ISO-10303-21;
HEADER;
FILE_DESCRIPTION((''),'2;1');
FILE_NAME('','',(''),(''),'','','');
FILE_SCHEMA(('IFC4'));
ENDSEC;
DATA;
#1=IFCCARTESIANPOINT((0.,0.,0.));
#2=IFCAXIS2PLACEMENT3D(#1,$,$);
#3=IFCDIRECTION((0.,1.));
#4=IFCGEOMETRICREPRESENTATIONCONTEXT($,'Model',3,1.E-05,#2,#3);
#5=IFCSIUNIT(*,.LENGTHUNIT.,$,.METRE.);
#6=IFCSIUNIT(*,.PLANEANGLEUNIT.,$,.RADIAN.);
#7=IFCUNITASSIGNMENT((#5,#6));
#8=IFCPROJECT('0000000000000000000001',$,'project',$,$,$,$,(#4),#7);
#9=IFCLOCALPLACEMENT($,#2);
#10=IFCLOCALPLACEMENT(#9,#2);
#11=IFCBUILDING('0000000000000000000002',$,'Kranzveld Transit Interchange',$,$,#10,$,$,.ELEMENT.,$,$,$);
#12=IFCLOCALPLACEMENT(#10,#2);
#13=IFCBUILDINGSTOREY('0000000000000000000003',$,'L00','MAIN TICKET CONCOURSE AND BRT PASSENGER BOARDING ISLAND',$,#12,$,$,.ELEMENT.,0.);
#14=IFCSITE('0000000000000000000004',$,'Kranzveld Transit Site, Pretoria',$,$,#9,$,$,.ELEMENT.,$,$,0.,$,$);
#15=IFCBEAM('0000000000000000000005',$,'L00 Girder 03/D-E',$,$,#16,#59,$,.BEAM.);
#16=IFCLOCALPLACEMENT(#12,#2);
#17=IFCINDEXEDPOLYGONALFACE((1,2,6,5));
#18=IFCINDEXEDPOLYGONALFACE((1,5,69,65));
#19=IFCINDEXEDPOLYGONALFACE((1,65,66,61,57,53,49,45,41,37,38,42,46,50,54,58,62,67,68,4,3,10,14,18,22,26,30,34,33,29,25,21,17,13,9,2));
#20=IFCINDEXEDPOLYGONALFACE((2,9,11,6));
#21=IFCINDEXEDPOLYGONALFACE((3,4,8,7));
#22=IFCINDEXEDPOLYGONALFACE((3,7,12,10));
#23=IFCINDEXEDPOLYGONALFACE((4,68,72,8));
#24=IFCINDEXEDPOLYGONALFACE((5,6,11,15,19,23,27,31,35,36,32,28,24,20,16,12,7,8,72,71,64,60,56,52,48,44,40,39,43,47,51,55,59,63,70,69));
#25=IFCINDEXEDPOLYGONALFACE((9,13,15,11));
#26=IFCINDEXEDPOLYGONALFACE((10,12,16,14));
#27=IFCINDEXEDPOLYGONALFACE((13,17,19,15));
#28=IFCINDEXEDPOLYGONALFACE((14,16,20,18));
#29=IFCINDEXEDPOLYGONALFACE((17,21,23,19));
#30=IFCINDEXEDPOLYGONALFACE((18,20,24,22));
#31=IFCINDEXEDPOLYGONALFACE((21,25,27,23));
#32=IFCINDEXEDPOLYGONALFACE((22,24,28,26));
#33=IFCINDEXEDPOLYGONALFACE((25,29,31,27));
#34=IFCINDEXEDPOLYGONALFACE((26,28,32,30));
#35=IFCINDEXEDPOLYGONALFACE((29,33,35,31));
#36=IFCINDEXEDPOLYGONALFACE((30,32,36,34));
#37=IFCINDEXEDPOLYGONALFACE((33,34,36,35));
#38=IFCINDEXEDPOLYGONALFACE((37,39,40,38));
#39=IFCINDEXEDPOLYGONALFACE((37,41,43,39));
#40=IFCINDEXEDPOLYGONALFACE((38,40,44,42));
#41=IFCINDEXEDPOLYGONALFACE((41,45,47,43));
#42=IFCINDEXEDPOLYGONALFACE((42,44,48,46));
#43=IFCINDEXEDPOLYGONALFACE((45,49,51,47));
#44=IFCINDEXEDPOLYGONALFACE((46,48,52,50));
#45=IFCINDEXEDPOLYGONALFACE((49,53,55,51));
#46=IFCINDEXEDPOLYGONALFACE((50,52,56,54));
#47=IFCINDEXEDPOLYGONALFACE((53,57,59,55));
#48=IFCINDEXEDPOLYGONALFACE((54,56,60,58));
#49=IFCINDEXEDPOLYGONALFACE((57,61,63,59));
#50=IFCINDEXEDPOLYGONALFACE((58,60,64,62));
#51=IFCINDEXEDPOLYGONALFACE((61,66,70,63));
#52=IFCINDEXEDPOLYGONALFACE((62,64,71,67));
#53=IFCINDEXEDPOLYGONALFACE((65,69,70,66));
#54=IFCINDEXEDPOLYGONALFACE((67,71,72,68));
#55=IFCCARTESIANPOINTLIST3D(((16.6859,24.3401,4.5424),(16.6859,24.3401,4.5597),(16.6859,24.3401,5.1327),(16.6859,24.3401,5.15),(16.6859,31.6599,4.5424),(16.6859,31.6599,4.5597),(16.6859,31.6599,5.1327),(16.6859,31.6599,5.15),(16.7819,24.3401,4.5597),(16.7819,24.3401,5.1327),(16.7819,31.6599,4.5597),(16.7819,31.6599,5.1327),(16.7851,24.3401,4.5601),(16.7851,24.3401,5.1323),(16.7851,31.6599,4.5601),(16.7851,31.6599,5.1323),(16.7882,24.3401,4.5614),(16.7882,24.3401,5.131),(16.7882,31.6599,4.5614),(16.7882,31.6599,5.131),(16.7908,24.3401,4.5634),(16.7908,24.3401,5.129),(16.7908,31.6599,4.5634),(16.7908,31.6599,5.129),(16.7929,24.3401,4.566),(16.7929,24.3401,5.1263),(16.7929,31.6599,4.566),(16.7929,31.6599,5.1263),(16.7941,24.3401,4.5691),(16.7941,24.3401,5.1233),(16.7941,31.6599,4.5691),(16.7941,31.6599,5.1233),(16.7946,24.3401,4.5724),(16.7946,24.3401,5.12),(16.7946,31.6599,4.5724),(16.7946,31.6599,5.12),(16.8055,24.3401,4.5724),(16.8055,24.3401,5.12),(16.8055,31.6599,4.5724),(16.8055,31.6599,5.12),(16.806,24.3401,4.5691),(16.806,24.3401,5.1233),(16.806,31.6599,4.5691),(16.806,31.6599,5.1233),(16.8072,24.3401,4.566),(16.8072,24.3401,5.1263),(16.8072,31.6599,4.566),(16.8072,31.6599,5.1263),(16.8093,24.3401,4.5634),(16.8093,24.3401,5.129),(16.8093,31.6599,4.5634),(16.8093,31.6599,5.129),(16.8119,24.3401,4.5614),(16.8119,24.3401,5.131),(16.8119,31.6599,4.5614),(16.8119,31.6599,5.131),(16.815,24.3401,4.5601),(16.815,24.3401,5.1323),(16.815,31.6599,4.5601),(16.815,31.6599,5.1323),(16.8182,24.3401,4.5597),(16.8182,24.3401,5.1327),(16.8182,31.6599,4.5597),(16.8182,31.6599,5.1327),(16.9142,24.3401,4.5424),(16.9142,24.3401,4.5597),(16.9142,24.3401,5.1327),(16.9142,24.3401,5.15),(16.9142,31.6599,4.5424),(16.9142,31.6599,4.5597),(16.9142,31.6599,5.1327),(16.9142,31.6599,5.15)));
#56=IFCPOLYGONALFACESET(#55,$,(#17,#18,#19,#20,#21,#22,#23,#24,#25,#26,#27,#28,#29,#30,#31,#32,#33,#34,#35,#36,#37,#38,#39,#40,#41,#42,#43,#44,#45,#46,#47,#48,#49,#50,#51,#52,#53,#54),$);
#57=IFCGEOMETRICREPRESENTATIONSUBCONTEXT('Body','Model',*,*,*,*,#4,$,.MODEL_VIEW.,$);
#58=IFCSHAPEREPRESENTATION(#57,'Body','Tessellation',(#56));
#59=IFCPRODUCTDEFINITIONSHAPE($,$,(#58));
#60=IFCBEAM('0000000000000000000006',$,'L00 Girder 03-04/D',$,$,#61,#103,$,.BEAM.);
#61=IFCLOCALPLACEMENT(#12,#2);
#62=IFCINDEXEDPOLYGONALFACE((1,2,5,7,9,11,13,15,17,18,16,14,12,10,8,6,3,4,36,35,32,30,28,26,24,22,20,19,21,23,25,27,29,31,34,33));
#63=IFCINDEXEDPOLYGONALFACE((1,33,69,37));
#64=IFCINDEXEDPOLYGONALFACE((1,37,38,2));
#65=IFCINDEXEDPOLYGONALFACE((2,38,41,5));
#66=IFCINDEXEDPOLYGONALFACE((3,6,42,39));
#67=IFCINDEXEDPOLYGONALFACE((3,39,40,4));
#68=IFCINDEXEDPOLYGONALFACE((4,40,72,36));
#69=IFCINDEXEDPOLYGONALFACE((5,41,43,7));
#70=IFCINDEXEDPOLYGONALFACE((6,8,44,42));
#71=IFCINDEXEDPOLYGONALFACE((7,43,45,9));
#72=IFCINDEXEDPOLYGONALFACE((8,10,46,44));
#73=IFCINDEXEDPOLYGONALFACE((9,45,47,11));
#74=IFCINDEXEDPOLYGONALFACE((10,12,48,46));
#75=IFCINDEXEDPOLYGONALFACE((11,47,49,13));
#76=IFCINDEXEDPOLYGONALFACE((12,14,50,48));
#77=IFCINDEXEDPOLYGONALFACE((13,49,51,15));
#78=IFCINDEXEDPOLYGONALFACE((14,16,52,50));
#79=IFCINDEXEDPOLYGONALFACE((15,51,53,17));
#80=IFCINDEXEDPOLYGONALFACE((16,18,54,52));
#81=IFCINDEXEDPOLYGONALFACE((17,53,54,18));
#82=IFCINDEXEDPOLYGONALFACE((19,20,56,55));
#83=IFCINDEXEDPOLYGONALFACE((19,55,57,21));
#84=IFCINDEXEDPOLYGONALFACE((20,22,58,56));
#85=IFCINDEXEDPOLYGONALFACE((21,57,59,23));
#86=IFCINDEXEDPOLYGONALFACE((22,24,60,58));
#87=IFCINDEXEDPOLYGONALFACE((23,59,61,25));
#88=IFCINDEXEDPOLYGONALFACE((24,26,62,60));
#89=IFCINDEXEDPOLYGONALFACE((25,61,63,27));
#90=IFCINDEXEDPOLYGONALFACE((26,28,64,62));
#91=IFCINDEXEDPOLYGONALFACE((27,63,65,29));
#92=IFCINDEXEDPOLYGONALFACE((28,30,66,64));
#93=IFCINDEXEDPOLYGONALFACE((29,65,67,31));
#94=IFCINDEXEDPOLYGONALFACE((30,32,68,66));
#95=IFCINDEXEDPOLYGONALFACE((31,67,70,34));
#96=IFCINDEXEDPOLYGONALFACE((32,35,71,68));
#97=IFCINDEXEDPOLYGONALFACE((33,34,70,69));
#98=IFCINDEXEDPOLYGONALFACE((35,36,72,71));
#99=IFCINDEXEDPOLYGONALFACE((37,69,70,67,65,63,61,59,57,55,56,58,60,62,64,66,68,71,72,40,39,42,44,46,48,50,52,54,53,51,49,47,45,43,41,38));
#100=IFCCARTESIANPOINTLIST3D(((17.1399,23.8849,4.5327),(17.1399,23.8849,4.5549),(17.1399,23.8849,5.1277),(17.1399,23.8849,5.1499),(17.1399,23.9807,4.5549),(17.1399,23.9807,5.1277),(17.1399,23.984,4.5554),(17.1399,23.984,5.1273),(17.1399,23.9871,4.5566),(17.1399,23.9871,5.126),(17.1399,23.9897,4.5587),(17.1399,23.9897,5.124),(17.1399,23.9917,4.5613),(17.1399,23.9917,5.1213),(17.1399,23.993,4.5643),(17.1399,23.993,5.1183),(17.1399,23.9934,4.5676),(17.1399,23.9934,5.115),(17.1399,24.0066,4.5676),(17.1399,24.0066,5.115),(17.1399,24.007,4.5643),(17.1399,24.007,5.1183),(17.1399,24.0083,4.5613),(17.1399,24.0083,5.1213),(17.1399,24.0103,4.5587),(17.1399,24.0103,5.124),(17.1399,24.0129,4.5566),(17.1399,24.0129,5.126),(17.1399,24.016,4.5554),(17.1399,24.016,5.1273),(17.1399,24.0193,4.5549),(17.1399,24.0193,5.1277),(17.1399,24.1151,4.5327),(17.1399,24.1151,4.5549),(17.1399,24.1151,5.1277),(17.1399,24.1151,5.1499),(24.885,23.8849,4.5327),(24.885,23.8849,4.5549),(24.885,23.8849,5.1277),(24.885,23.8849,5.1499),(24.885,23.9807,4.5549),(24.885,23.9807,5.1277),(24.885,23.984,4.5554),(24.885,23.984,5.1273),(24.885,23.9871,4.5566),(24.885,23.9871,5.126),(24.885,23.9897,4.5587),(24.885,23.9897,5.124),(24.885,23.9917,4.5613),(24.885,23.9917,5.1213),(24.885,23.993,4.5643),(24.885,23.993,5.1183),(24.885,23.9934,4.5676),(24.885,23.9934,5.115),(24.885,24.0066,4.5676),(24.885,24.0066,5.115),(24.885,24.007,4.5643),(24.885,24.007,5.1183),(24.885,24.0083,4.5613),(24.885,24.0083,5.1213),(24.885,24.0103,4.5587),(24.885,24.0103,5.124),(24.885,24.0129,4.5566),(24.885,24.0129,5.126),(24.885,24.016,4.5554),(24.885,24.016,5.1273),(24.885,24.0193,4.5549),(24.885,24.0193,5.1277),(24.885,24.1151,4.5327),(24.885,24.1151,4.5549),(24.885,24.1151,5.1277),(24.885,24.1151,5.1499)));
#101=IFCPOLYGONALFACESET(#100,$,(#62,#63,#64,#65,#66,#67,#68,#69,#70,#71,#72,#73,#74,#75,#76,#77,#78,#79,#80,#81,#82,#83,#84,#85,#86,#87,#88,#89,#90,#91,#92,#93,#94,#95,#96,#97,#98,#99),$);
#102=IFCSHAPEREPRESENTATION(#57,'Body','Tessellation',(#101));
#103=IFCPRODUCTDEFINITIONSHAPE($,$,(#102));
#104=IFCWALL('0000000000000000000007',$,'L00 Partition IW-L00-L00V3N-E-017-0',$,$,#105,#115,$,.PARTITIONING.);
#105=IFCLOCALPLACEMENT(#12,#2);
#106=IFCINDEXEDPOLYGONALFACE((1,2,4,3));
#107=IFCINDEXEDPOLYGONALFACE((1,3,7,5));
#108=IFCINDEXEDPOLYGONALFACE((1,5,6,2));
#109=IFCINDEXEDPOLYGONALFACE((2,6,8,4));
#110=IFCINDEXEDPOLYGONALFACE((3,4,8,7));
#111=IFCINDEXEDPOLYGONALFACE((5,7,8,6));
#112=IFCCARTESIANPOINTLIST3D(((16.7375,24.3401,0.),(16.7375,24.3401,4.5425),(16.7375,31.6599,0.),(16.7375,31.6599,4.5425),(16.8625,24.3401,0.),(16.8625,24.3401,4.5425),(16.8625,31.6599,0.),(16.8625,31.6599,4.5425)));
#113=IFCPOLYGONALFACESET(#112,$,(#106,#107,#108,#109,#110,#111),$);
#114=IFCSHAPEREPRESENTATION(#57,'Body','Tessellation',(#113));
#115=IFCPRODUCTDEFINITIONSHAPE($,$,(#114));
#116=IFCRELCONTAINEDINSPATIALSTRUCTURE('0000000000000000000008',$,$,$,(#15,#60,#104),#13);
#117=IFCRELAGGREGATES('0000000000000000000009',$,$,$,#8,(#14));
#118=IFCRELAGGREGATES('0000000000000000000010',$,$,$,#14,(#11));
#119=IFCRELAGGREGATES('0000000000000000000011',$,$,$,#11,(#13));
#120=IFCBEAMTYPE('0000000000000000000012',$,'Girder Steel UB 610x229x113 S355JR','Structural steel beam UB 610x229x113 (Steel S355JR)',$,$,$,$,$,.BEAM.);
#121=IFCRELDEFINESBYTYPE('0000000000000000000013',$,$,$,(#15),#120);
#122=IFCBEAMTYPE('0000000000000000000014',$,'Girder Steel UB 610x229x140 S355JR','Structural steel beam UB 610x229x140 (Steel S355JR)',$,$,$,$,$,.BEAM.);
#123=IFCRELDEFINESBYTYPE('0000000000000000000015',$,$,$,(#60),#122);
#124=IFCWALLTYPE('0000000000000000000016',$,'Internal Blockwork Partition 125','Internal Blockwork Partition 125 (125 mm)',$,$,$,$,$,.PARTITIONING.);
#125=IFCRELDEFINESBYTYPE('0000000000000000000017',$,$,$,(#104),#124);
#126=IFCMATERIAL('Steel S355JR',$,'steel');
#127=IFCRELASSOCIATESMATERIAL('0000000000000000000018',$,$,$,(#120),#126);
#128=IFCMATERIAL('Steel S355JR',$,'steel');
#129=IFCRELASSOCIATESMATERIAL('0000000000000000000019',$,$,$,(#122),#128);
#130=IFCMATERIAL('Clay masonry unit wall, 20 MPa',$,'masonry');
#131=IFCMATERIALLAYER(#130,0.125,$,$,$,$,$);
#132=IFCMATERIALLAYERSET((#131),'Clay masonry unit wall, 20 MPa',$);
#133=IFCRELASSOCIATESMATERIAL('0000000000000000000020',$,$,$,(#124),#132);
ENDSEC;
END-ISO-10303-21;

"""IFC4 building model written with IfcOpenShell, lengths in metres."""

from ifc_helpers import new_model, si_unit, direction, frame, frame_2d, origin, origin_2d, place, context, subcontext, project, spatial, rectangle, i_section, extrude, material, layer, layer_set, material_profile, profile_set, type_object, element, save


model = new_model("IFC4")

# Units and contexts
model_context = context("Model", 3, precision=1e-05, world=origin(), true_north=direction((0.0, 1.0)))
body_context = subcontext(model_context, "Body", "Model", "MODEL_VIEW")
ifc_project = project(units=[si_unit("LENGTHUNIT", "METRE"), si_unit("PLANEANGLEUNIT", "RADIAN")], contexts=[model_context])

# Site, building, storey
site_placement = place(None, origin())
site = spatial("IfcSite", under=ifc_project, at=site_placement, Name="Kranzveld Transit Site, Pretoria", CompositionType="ELEMENT", RefElevation=0.0)
building_placement = place(site_placement, origin())
building = spatial("IfcBuilding", under=site, at=building_placement, Name="Kranzveld Transit Interchange", CompositionType="ELEMENT")
storey_placement = place(building_placement, origin())
storey = spatial("IfcBuildingStorey", under=building, at=storey_placement, Name="L00", Description="MAIN TICKET CONCOURSE AND BRT PASSENGER BOARDING ISLAND", CompositionType="ELEMENT", Elevation=0.0)

# Beams
ifc_material_1 = material(Name="Steel S355JR", Category="steel")
ifc_material_profile_1 = material_profile(ifc_material_1, i_section(OverallWidth=0.2283, OverallDepth=0.6077, WebThickness=0.011, FlangeThickness=0.0173, FilletRadius=0.0127, at=origin_2d()), Name="UB 610x229x113")
ifc_profile_set_1 = profile_set([ifc_material_profile_1], Name="Steel S355JR")
beam_type_1 = type_object("IfcBeamType", Name="Girder Steel UB 610x229x113 S355JR", Description="Structural steel beam UB 610x229x113 (Steel S355JR)", PredefinedType="BEAM", material=ifc_profile_set_1)
beam_1_placement = place(storey_placement, frame((16.8, 24.3401, 4.8462), z_axis=(0.0, 1.0, 0.0), x_axis=(-1.0, 0.0, 0.0)))
element("IfcBeam", 1, at=beam_1_placement, inside=storey, type_object=beam_type_1, Name="L00 Girder 03/D-E", PredefinedType="BEAM", context=body_context, shape_type="SweptSolid", body=[
    extrude(i_section(OverallWidth=0.2283, OverallDepth=0.6077, WebThickness=0.011, FlangeThickness=0.0173, FilletRadius=0.0127, at=origin_2d()), origin(), (0.0, 0.0, 1.0), 7.3198),
])
ifc_material_2 = material(Name="Steel S355JR", Category="steel")
ifc_material_profile_2 = material_profile(ifc_material_2, i_section(OverallWidth=0.2302, OverallDepth=0.6172, WebThickness=0.0132, FlangeThickness=0.0222, FilletRadius=0.0127, at=origin_2d()), Name="UB 610x229x140")
ifc_profile_set_2 = profile_set([ifc_material_profile_2], Name="Steel S355JR")
beam_type_2 = type_object("IfcBeamType", Name="Girder Steel UB 610x229x140 S355JR", Description="Structural steel beam UB 610x229x140 (Steel S355JR)", PredefinedType="BEAM", material=ifc_profile_set_2)
beam_2_placement = place(storey_placement, frame((17.1399, 24.0, 4.8413), z_axis=(1.0, 0.0, 0.0), x_axis=(0.0, 1.0, 0.0)))
element("IfcBeam", 2, at=beam_2_placement, inside=storey, type_object=beam_type_2, Name="L00 Girder 03-04/D", PredefinedType="BEAM", context=body_context, shape_type="SweptSolid", body=[
    extrude(i_section(OverallWidth=0.2302, OverallDepth=0.6172, WebThickness=0.0132, FlangeThickness=0.0222, FilletRadius=0.0127, at=origin_2d()), origin(), (0.0, 0.0, 1.0), 7.7451),
])

# Wall
ifc_material_3 = material(Name="Clay masonry unit wall, 20 MPa", Category="masonry")
ifc_layer_1 = layer(ifc_material_3, 0.125)
ifc_layer_set_1 = layer_set([ifc_layer_1], Name="Clay masonry unit wall, 20 MPa")
wall_type = type_object("IfcWallType", Name="Internal Blockwork Partition 125", Description="Internal Blockwork Partition 125 (125 mm)", PredefinedType="PARTITIONING", material=ifc_layer_set_1)
wall_placement = place(storey_placement, frame((16.8, 24.3401, 0.0), z_axis=(0.0, 0.0, 1.0), x_axis=(0.0, 1.0, 0.0)))
element("IfcWall", 3, at=wall_placement, inside=storey, type_object=wall_type, Name="L00 Partition IW-L00-L00V3N-E-017-0", PredefinedType="PARTITIONING", context=body_context, shape_type="SweptSolid", body=[
    extrude(rectangle(XDim=7.3198, YDim=0.125, at=frame_2d((3.6599, 0.0))), origin(), (0.0, 0.0, 1.0), 4.5425),
])

save(model, "model.ifc")
